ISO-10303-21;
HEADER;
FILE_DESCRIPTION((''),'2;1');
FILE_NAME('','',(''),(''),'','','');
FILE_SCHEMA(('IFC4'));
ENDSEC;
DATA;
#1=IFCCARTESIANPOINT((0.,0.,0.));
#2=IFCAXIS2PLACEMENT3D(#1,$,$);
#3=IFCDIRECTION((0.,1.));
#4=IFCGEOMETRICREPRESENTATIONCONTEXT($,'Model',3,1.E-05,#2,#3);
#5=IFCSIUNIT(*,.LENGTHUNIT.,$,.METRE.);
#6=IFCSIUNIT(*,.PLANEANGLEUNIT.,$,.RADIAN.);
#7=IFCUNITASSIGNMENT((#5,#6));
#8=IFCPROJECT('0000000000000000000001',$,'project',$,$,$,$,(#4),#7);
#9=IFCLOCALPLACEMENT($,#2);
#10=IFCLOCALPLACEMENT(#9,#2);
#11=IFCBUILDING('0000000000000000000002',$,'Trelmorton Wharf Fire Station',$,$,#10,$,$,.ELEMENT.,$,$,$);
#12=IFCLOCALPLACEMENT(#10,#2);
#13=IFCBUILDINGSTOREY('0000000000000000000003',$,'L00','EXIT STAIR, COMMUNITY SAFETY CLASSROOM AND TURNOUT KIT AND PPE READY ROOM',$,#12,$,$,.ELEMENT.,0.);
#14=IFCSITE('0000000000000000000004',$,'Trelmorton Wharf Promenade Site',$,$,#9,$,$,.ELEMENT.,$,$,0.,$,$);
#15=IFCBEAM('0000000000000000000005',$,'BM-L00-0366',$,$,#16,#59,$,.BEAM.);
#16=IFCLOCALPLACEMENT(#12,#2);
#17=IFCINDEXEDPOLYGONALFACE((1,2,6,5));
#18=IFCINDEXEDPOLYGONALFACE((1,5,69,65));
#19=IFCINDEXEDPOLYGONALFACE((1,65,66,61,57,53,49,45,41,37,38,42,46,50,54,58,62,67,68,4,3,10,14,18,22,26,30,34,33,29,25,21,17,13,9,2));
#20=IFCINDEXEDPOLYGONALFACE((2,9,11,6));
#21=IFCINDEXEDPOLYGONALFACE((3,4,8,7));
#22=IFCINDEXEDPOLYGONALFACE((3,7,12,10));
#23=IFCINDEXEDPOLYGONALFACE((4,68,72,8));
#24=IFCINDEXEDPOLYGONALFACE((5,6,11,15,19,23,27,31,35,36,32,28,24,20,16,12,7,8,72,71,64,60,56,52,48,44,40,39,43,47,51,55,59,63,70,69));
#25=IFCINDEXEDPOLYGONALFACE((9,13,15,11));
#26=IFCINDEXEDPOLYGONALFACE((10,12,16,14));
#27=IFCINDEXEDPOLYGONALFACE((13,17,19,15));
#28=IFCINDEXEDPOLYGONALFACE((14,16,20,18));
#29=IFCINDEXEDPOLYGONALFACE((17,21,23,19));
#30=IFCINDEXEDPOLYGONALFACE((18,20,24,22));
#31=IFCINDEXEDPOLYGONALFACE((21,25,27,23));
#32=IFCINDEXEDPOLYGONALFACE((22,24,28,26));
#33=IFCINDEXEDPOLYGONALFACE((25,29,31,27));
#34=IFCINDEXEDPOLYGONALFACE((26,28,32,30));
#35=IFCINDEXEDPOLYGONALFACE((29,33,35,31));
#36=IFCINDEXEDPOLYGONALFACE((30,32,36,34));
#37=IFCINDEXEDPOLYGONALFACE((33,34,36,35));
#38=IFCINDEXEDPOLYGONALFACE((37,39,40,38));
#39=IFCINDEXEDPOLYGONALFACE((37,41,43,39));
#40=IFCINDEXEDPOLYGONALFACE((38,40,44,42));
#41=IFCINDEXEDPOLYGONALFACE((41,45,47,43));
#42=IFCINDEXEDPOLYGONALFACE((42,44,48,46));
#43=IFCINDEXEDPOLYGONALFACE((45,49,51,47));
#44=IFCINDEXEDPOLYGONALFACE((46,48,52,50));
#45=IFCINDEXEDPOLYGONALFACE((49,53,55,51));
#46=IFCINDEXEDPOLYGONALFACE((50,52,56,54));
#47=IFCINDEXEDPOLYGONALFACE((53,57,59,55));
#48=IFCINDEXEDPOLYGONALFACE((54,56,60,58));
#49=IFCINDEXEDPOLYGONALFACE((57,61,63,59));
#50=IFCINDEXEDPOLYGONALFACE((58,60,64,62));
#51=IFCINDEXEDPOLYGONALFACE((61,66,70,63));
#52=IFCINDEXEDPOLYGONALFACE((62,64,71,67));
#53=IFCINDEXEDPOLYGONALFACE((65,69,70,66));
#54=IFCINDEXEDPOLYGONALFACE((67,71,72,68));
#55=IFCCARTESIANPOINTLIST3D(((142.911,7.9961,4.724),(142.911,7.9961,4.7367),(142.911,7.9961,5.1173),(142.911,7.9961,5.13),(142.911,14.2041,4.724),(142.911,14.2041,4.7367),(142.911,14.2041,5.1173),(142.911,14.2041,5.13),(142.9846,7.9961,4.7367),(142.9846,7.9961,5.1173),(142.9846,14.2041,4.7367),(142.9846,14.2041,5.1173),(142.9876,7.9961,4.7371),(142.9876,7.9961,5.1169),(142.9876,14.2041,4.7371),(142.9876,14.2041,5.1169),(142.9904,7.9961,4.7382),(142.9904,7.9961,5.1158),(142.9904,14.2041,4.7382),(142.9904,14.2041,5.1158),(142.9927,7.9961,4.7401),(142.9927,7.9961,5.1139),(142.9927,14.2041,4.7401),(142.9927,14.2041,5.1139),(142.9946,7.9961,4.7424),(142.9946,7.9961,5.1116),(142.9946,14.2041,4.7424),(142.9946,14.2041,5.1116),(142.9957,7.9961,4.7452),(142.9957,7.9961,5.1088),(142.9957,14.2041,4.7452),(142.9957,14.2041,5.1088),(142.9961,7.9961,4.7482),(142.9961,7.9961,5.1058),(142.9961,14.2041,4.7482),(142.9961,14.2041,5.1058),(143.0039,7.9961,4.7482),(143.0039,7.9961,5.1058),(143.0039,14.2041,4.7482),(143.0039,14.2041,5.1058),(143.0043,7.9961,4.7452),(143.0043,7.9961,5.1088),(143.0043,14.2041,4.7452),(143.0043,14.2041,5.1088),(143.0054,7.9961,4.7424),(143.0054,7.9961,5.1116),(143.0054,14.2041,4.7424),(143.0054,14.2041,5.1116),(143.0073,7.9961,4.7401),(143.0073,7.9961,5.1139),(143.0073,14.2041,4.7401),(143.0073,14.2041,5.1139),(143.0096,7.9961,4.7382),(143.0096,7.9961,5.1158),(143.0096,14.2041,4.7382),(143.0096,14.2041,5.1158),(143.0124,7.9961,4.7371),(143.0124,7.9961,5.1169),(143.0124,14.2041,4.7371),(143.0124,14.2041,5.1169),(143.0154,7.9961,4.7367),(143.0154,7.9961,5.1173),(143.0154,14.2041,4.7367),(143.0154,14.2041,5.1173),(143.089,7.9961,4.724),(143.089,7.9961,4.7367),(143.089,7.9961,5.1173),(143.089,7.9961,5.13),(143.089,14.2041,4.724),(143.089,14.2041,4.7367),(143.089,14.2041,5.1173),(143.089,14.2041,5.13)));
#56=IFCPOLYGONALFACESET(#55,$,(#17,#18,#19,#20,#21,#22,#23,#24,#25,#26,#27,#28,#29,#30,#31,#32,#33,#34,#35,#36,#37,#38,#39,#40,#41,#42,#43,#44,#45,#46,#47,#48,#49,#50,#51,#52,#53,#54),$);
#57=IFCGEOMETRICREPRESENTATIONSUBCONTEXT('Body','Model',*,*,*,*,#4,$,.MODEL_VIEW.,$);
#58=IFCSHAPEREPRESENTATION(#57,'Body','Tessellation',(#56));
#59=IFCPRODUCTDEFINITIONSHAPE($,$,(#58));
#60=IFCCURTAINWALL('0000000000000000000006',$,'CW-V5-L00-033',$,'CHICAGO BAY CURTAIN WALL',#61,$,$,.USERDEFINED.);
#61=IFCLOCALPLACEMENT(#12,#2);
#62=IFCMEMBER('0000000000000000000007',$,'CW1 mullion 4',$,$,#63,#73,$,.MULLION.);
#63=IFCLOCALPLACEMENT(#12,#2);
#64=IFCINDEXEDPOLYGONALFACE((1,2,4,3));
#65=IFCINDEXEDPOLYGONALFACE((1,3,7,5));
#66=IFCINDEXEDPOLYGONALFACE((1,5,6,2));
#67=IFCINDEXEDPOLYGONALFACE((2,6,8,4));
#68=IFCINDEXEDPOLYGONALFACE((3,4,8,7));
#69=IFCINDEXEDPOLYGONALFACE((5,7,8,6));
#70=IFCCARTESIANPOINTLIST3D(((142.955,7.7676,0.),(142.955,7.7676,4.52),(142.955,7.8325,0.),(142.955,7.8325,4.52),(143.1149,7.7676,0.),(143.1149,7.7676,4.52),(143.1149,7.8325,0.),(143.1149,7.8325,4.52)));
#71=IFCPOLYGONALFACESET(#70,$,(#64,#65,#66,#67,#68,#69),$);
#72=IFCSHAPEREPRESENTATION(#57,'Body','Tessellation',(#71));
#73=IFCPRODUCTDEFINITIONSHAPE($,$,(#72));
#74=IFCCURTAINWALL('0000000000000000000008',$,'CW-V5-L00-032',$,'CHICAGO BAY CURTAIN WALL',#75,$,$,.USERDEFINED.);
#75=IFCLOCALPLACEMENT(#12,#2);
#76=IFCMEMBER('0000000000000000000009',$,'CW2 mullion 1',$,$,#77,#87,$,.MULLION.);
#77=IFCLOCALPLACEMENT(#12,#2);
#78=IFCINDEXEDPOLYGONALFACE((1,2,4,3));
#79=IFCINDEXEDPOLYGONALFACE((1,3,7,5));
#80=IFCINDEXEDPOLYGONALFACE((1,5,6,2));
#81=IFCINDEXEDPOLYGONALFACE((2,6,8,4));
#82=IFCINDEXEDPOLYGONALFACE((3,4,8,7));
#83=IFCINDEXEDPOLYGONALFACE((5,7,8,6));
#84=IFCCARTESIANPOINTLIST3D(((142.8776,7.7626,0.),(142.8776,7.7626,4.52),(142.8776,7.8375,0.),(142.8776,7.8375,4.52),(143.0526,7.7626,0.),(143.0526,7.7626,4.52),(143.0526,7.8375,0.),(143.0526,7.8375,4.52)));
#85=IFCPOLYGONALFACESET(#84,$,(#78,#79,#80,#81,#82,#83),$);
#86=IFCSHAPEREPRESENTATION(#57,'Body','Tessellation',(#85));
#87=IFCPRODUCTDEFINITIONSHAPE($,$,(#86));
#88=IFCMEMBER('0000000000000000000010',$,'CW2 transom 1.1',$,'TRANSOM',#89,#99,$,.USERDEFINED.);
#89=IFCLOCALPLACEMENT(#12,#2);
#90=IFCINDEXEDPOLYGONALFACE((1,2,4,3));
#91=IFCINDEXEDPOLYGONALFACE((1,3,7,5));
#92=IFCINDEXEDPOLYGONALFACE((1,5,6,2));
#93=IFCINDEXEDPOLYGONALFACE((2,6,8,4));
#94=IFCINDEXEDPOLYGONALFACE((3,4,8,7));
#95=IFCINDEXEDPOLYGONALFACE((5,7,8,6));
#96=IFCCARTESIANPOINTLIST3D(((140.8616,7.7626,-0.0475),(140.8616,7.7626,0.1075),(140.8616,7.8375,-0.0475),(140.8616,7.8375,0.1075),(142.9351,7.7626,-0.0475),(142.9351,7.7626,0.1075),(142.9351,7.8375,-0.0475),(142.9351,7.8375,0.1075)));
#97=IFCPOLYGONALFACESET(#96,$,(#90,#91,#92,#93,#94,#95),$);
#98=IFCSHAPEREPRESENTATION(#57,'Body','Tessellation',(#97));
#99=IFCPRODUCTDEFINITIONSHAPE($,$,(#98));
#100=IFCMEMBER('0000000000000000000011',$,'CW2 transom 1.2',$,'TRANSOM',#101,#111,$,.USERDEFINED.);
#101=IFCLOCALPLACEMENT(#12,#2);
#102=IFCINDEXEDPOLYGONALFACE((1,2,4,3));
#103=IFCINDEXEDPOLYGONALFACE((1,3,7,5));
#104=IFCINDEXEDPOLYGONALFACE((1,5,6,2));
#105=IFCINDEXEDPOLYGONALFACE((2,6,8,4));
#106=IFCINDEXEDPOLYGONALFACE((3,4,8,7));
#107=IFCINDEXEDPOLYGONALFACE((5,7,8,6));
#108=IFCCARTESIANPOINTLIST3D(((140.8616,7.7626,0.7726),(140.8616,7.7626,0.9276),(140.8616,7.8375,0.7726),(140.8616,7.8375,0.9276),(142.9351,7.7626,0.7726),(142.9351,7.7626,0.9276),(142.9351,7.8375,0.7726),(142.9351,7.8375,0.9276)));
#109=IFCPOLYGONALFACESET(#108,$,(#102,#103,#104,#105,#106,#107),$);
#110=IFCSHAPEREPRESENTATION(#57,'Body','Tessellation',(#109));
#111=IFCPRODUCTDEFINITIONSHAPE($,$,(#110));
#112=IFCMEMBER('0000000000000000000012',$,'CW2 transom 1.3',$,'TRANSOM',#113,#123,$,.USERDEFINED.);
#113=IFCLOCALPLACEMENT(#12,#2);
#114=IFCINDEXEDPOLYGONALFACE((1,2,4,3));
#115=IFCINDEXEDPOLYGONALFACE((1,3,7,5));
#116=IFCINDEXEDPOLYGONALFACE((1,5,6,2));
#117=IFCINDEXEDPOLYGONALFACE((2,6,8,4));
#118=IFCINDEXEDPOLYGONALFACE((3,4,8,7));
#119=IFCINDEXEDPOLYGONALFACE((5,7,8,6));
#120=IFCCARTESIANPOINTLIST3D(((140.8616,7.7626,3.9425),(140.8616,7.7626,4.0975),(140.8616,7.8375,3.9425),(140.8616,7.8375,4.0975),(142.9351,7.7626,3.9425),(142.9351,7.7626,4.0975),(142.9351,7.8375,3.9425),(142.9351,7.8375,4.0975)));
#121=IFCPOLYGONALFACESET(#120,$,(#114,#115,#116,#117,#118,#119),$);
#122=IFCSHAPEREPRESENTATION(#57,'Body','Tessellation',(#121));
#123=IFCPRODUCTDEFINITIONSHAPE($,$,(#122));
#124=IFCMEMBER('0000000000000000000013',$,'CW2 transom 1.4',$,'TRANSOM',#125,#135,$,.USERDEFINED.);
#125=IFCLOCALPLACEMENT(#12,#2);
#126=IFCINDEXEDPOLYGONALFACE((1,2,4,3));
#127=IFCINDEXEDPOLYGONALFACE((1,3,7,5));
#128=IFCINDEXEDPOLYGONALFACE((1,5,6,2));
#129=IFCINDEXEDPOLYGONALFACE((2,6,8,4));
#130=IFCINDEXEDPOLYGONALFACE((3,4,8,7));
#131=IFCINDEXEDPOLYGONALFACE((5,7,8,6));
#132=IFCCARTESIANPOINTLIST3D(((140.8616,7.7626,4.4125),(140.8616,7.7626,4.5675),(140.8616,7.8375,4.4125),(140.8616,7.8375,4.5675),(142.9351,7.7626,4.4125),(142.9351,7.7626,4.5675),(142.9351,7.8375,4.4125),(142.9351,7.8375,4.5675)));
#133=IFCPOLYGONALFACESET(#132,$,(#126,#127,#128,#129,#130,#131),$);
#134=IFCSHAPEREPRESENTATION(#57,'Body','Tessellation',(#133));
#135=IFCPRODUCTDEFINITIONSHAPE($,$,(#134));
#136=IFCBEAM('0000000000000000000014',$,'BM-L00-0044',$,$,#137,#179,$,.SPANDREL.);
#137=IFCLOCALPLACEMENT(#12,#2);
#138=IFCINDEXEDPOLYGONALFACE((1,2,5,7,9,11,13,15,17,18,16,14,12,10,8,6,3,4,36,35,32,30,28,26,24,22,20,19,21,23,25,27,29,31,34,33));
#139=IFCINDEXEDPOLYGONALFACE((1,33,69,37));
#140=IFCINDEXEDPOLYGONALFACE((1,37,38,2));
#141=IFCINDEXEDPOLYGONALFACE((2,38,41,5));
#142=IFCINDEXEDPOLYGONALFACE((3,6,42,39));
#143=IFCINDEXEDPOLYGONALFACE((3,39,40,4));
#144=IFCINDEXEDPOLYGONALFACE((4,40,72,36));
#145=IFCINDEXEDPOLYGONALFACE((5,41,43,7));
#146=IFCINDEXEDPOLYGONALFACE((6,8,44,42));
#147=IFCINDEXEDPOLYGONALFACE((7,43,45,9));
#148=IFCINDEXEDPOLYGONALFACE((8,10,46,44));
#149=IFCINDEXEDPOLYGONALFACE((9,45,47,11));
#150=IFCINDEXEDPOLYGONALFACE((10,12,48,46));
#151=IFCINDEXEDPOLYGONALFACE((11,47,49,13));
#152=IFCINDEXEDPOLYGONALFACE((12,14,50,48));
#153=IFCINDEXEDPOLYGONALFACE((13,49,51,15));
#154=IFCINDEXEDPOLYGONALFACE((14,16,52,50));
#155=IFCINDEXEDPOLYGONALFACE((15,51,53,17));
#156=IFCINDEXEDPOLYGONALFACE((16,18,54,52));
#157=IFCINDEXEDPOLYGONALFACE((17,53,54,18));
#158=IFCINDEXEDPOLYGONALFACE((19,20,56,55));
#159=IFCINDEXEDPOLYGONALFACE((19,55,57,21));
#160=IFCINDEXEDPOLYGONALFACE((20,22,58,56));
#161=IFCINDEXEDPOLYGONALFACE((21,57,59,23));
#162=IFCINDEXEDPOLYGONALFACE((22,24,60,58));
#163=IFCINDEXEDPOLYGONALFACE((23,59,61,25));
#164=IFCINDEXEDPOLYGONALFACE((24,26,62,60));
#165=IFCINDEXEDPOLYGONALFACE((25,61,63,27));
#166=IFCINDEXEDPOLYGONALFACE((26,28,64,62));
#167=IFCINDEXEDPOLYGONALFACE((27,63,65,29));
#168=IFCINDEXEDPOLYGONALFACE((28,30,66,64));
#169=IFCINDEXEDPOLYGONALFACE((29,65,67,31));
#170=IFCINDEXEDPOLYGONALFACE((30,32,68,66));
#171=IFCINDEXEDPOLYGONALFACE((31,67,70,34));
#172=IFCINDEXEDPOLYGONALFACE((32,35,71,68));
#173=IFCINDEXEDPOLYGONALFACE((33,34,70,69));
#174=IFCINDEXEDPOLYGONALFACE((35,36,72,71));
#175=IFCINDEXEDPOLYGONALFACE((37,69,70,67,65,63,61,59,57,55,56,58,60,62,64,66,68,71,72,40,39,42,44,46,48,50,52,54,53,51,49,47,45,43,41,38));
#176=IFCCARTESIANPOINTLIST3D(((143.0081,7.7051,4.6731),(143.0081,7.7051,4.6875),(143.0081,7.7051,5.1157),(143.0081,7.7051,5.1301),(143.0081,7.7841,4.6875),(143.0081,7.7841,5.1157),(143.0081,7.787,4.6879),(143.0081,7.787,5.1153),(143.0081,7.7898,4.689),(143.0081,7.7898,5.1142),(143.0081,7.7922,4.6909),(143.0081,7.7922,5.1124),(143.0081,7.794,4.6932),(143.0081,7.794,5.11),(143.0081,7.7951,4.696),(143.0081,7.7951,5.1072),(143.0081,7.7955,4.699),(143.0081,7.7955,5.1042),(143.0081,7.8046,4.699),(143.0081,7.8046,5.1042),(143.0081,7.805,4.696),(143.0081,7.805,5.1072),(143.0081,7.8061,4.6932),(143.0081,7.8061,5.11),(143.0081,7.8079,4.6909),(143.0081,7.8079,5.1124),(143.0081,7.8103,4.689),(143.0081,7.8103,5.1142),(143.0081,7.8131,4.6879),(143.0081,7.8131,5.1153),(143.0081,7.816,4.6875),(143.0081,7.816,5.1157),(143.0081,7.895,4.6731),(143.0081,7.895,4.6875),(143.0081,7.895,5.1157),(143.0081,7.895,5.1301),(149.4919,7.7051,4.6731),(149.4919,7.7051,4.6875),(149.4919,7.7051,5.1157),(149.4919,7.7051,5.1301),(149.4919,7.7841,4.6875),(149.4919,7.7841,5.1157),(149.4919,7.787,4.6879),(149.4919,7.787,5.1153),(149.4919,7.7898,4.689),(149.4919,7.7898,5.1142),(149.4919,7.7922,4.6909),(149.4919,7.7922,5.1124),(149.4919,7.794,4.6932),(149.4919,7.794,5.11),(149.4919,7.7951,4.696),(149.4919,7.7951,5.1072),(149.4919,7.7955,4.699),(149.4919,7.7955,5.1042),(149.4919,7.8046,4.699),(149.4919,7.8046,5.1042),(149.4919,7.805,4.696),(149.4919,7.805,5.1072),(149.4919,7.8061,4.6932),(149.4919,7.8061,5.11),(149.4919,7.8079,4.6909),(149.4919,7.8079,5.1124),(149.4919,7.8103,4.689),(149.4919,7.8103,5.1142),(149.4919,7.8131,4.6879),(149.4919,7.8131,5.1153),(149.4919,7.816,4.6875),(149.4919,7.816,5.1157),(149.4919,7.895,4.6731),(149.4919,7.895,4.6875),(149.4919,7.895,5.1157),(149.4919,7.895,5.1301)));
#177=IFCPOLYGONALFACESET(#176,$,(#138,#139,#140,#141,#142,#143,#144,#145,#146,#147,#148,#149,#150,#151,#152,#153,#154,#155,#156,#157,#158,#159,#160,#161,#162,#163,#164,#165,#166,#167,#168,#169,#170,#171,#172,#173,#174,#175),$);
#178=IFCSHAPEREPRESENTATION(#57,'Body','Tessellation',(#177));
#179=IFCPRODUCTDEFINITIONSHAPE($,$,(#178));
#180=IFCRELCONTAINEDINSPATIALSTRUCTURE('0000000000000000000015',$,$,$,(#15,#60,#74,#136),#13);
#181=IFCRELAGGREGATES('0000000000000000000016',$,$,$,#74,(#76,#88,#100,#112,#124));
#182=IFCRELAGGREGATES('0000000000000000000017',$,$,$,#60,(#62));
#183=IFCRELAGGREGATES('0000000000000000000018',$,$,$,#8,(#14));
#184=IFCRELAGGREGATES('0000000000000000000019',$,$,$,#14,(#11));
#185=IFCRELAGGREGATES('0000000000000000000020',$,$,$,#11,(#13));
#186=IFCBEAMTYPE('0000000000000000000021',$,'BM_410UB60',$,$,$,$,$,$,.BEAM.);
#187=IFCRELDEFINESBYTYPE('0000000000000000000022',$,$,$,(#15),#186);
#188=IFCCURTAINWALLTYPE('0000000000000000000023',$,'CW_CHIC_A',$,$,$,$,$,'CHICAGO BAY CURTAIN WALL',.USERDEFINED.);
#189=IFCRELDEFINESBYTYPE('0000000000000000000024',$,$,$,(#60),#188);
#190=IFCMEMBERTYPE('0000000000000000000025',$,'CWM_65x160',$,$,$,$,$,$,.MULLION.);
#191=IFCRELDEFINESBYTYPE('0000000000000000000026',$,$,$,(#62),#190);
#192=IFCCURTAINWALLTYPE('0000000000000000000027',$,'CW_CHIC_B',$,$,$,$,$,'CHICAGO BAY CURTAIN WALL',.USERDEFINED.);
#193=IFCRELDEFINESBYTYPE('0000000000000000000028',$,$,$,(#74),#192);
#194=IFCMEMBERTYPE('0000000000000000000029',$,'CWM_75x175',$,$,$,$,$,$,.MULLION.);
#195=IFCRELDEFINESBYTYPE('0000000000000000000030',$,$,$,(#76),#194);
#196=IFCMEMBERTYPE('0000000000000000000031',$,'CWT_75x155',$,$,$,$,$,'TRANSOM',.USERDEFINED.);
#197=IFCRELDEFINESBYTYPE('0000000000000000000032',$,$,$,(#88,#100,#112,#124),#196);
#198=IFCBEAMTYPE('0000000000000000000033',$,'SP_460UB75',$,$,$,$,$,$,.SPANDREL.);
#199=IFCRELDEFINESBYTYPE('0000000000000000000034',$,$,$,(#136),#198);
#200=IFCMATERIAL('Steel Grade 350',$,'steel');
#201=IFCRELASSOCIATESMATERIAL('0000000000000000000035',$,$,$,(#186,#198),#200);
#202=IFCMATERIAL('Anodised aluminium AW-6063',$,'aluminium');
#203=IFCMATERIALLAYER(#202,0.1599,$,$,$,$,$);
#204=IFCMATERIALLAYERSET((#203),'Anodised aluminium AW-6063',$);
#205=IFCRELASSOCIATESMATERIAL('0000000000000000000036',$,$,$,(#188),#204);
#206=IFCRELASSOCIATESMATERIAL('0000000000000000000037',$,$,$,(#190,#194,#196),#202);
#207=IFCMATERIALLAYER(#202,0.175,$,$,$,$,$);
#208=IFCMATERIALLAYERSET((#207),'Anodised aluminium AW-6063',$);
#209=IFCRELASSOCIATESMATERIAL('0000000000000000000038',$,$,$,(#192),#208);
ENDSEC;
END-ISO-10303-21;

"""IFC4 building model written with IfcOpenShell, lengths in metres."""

from ifc_helpers import new_model, si_unit, direction, frame, origin, origin_2d, place, context, subcontext, project, spatial, rectangle, i_section, extrude, material, layer, layer_set, material_profile, profile_set, type_object, element, aggregate, save


model = new_model("IFC4")

# Units and contexts
model_context = context("Model", 3, precision=1e-05, world=origin(), true_north=direction((0.0, 1.0)))
body_context = subcontext(model_context, "Body", "Model", "MODEL_VIEW")
ifc_project = project(units=[si_unit("LENGTHUNIT", "METRE"), si_unit("PLANEANGLEUNIT", "RADIAN")], contexts=[model_context])

# Site, building, storey
site_placement = place(None, origin())
site = spatial("IfcSite", under=ifc_project, at=site_placement, Name="Trelmorton Wharf Promenade Site", CompositionType="ELEMENT", RefElevation=0.0)
building_placement = place(site_placement, origin())
building = spatial("IfcBuilding", under=site, at=building_placement, Name="Trelmorton Wharf Fire Station", CompositionType="ELEMENT")
storey_placement = place(building_placement, origin())
storey = spatial("IfcBuildingStorey", under=building, at=storey_placement, Name="L00", Description="EXIT STAIR, COMMUNITY SAFETY CLASSROOM AND TURNOUT KIT AND PPE READY ROOM", CompositionType="ELEMENT", Elevation=0.0)

# Shared definitions
ifc_material_1 = material(Name="Steel Grade 350", Category="steel")

# Beam
ifc_material_profile_1 = material_profile(ifc_material_1, i_section(OverallWidth=0.178, OverallDepth=0.406, WebThickness=0.0078, FlangeThickness=0.0127, FilletRadius=0.0115, at=origin_2d()), Name="410UB59.7")
ifc_profile_set_1 = profile_set([ifc_material_profile_1], Name="Steel Grade 350")
beam_type_1 = type_object("IfcBeamType", Name="BM_410UB60", PredefinedType="BEAM", material=ifc_profile_set_1)
beam_1_placement = place(storey_placement, frame((143.0, 7.9961, 4.927), z_axis=(0.0, 1.0, 0.0), x_axis=(-1.0, 0.0, 0.0)))
element("IfcBeam", 1, at=beam_1_placement, inside=storey, type_object=beam_type_1, Name="BM-L00-0366", PredefinedType="BEAM", context=body_context, shape_type="SweptSolid", body=[
    extrude(i_section(OverallWidth=0.178, OverallDepth=0.406, WebThickness=0.0078, FlangeThickness=0.0127, FilletRadius=0.0115, at=origin_2d()), origin(), (0.0, 0.0, 1.0), 6.208),
])

# Curtain wall, member
ifc_material_2 = material(Name="Anodised aluminium AW-6063", Category="aluminium")
ifc_layer_1 = layer(ifc_material_2, 0.1599)
ifc_layer_set_1 = layer_set([ifc_layer_1], Name="Anodised aluminium AW-6063")
curtain_wall_type_1 = type_object("IfcCurtainWallType", Name="CW_CHIC_A", ElementType="CHICAGO BAY CURTAIN WALL", PredefinedType="USERDEFINED", material=ifc_layer_set_1)
curtain_wall_1_placement = place(storey_placement, origin())
curtain_wall_1 = element("IfcCurtainWall", 2, at=curtain_wall_1_placement, inside=storey, type_object=curtain_wall_type_1, Name="CW-V5-L00-033", ObjectType="CHICAGO BAY CURTAIN WALL", PredefinedType="USERDEFINED")
ifc_material_profile_2 = material_profile(ifc_material_2, rectangle(XDim=0.0649, YDim=0.1599, at=origin_2d()), Name="ALU-65x160")
ifc_profile_set_2 = profile_set([ifc_material_profile_2], Name="Anodised aluminium AW-6063")
member_type_1 = type_object("IfcMemberType", Name="CWM_65x160", PredefinedType="MULLION", material=ifc_profile_set_2)
member_1_placement = place(storey_placement, frame((143.0349, 7.8, 0.0), z_axis=(0.0, 0.0, 1.0), x_axis=(0.0, -1.0, 0.0)))
member_1 = element("IfcMember", 3, at=member_1_placement, type_object=member_type_1, Name="CW1 mullion 4", PredefinedType="MULLION", context=body_context, shape_type="SweptSolid", body=[
    extrude(rectangle(XDim=0.0649, YDim=0.1599, at=origin_2d()), origin(), (0.0, 0.0, 1.0), 4.52),
])

# Curtain wall, members
ifc_layer_2 = layer(ifc_material_2, 0.175)
ifc_layer_set_2 = layer_set([ifc_layer_2], Name="Anodised aluminium AW-6063")
curtain_wall_type_2 = type_object("IfcCurtainWallType", Name="CW_CHIC_B", ElementType="CHICAGO BAY CURTAIN WALL", PredefinedType="USERDEFINED", material=ifc_layer_set_2)
curtain_wall_2_placement = place(storey_placement, origin())
curtain_wall_2 = element("IfcCurtainWall", 4, at=curtain_wall_2_placement, inside=storey, type_object=curtain_wall_type_2, Name="CW-V5-L00-032", ObjectType="CHICAGO BAY CURTAIN WALL", PredefinedType="USERDEFINED")
ifc_material_profile_3 = material_profile(ifc_material_2, rectangle(XDim=0.075, YDim=0.175, at=origin_2d()), Name="ALU-75x175")
ifc_profile_set_3 = profile_set([ifc_material_profile_3], Name="Anodised aluminium AW-6063")
member_type_2 = type_object("IfcMemberType", Name="CWM_75x175", PredefinedType="MULLION", material=ifc_profile_set_3)
member_2_placement = place(storey_placement, frame((142.9651, 7.8, 0.0), z_axis=(0.0, 0.0, 1.0), x_axis=(0.0, -1.0, 0.0)))
member_2 = element("IfcMember", 5, at=member_2_placement, type_object=member_type_2, Name="CW2 mullion 1", PredefinedType="MULLION", context=body_context, shape_type="SweptSolid", body=[
    extrude(rectangle(XDim=0.075, YDim=0.175, at=origin_2d()), origin(), (0.0, 0.0, 1.0), 4.52),
])
ifc_material_profile_4 = material_profile(ifc_material_2, rectangle(XDim=0.075, YDim=0.155, at=origin_2d()), Name="ALU-75x155")
ifc_profile_set_4 = profile_set([ifc_material_profile_4], Name="Anodised aluminium AW-6063")
member_type_3 = type_object("IfcMemberType", Name="CWT_75x155", ElementType="TRANSOM", PredefinedType="USERDEFINED", material=ifc_profile_set_4)
member_3_placement = place(storey_placement, frame((142.9351, 7.8, 0.03), z_axis=(-1.0, 0.0, 0.0), x_axis=(0.0, -1.0, 0.0)))
member_3 = element("IfcMember", 6, at=member_3_placement, type_object=member_type_3, Name="CW2 transom 1.1", ObjectType="TRANSOM", PredefinedType="USERDEFINED", context=body_context, shape_type="SweptSolid", body=[
    extrude(rectangle(XDim=0.075, YDim=0.155, at=origin_2d()), origin(), (0.0, 0.0, 1.0), 2.0735),
])
member_4_placement = place(storey_placement, frame((142.9351, 7.8, 0.8501), z_axis=(-1.0, 0.0, 0.0), x_axis=(0.0, -1.0, 0.0)))
member_4 = element("IfcMember", 7, at=member_4_placement, type_object=member_type_3, Name="CW2 transom 1.2", ObjectType="TRANSOM", PredefinedType="USERDEFINED", context=body_context, shape_type="SweptSolid", body=[
    extrude(rectangle(XDim=0.075, YDim=0.155, at=origin_2d()), origin(), (0.0, 0.0, 1.0), 2.0735),
])
member_5_placement = place(storey_placement, frame((142.9351, 7.8, 4.02), z_axis=(-1.0, 0.0, 0.0), x_axis=(0.0, -1.0, 0.0)))
member_5 = element("IfcMember", 8, at=member_5_placement, type_object=member_type_3, Name="CW2 transom 1.3", ObjectType="TRANSOM", PredefinedType="USERDEFINED", context=body_context, shape_type="SweptSolid", body=[
    extrude(rectangle(XDim=0.075, YDim=0.155, at=origin_2d()), origin(), (0.0, 0.0, 1.0), 2.0735),
])
member_6_placement = place(storey_placement, frame((142.9351, 7.8, 4.49), z_axis=(-1.0, 0.0, 0.0), x_axis=(0.0, -1.0, 0.0)))
member_6 = element("IfcMember", 9, at=member_6_placement, type_object=member_type_3, Name="CW2 transom 1.4", ObjectType="TRANSOM", PredefinedType="USERDEFINED", context=body_context, shape_type="SweptSolid", body=[
    extrude(rectangle(XDim=0.075, YDim=0.155, at=origin_2d()), origin(), (0.0, 0.0, 1.0), 2.0735),
])

# Beam
ifc_material_profile_5 = material_profile(ifc_material_1, i_section(OverallWidth=0.1899, OverallDepth=0.457, WebThickness=0.009, FlangeThickness=0.0144, FilletRadius=0.0115, at=origin_2d()), Name="460UB74.6")
ifc_profile_set_5 = profile_set([ifc_material_profile_5], Name="Steel Grade 350")
beam_type_2 = type_object("IfcBeamType", Name="SP_460UB75", PredefinedType="SPANDREL", material=ifc_profile_set_5)
beam_2_placement = place(storey_placement, frame((143.0081, 7.8, 4.9016), z_axis=(1.0, 0.0, 0.0), x_axis=(0.0, 1.0, 0.0)))
element("IfcBeam", 10, at=beam_2_placement, inside=storey, type_object=beam_type_2, Name="BM-L00-0044", PredefinedType="SPANDREL", context=body_context, shape_type="SweptSolid", body=[
    extrude(i_section(OverallWidth=0.1899, OverallDepth=0.457, WebThickness=0.009, FlangeThickness=0.0144, FilletRadius=0.0115, at=origin_2d()), origin(), (0.0, 0.0, 1.0), 6.4839),
])

aggregate(curtain_wall_2, [member_2, member_3, member_4, member_5, member_6])
aggregate(curtain_wall_1, [member_1])

save(model, "model.ifc")
